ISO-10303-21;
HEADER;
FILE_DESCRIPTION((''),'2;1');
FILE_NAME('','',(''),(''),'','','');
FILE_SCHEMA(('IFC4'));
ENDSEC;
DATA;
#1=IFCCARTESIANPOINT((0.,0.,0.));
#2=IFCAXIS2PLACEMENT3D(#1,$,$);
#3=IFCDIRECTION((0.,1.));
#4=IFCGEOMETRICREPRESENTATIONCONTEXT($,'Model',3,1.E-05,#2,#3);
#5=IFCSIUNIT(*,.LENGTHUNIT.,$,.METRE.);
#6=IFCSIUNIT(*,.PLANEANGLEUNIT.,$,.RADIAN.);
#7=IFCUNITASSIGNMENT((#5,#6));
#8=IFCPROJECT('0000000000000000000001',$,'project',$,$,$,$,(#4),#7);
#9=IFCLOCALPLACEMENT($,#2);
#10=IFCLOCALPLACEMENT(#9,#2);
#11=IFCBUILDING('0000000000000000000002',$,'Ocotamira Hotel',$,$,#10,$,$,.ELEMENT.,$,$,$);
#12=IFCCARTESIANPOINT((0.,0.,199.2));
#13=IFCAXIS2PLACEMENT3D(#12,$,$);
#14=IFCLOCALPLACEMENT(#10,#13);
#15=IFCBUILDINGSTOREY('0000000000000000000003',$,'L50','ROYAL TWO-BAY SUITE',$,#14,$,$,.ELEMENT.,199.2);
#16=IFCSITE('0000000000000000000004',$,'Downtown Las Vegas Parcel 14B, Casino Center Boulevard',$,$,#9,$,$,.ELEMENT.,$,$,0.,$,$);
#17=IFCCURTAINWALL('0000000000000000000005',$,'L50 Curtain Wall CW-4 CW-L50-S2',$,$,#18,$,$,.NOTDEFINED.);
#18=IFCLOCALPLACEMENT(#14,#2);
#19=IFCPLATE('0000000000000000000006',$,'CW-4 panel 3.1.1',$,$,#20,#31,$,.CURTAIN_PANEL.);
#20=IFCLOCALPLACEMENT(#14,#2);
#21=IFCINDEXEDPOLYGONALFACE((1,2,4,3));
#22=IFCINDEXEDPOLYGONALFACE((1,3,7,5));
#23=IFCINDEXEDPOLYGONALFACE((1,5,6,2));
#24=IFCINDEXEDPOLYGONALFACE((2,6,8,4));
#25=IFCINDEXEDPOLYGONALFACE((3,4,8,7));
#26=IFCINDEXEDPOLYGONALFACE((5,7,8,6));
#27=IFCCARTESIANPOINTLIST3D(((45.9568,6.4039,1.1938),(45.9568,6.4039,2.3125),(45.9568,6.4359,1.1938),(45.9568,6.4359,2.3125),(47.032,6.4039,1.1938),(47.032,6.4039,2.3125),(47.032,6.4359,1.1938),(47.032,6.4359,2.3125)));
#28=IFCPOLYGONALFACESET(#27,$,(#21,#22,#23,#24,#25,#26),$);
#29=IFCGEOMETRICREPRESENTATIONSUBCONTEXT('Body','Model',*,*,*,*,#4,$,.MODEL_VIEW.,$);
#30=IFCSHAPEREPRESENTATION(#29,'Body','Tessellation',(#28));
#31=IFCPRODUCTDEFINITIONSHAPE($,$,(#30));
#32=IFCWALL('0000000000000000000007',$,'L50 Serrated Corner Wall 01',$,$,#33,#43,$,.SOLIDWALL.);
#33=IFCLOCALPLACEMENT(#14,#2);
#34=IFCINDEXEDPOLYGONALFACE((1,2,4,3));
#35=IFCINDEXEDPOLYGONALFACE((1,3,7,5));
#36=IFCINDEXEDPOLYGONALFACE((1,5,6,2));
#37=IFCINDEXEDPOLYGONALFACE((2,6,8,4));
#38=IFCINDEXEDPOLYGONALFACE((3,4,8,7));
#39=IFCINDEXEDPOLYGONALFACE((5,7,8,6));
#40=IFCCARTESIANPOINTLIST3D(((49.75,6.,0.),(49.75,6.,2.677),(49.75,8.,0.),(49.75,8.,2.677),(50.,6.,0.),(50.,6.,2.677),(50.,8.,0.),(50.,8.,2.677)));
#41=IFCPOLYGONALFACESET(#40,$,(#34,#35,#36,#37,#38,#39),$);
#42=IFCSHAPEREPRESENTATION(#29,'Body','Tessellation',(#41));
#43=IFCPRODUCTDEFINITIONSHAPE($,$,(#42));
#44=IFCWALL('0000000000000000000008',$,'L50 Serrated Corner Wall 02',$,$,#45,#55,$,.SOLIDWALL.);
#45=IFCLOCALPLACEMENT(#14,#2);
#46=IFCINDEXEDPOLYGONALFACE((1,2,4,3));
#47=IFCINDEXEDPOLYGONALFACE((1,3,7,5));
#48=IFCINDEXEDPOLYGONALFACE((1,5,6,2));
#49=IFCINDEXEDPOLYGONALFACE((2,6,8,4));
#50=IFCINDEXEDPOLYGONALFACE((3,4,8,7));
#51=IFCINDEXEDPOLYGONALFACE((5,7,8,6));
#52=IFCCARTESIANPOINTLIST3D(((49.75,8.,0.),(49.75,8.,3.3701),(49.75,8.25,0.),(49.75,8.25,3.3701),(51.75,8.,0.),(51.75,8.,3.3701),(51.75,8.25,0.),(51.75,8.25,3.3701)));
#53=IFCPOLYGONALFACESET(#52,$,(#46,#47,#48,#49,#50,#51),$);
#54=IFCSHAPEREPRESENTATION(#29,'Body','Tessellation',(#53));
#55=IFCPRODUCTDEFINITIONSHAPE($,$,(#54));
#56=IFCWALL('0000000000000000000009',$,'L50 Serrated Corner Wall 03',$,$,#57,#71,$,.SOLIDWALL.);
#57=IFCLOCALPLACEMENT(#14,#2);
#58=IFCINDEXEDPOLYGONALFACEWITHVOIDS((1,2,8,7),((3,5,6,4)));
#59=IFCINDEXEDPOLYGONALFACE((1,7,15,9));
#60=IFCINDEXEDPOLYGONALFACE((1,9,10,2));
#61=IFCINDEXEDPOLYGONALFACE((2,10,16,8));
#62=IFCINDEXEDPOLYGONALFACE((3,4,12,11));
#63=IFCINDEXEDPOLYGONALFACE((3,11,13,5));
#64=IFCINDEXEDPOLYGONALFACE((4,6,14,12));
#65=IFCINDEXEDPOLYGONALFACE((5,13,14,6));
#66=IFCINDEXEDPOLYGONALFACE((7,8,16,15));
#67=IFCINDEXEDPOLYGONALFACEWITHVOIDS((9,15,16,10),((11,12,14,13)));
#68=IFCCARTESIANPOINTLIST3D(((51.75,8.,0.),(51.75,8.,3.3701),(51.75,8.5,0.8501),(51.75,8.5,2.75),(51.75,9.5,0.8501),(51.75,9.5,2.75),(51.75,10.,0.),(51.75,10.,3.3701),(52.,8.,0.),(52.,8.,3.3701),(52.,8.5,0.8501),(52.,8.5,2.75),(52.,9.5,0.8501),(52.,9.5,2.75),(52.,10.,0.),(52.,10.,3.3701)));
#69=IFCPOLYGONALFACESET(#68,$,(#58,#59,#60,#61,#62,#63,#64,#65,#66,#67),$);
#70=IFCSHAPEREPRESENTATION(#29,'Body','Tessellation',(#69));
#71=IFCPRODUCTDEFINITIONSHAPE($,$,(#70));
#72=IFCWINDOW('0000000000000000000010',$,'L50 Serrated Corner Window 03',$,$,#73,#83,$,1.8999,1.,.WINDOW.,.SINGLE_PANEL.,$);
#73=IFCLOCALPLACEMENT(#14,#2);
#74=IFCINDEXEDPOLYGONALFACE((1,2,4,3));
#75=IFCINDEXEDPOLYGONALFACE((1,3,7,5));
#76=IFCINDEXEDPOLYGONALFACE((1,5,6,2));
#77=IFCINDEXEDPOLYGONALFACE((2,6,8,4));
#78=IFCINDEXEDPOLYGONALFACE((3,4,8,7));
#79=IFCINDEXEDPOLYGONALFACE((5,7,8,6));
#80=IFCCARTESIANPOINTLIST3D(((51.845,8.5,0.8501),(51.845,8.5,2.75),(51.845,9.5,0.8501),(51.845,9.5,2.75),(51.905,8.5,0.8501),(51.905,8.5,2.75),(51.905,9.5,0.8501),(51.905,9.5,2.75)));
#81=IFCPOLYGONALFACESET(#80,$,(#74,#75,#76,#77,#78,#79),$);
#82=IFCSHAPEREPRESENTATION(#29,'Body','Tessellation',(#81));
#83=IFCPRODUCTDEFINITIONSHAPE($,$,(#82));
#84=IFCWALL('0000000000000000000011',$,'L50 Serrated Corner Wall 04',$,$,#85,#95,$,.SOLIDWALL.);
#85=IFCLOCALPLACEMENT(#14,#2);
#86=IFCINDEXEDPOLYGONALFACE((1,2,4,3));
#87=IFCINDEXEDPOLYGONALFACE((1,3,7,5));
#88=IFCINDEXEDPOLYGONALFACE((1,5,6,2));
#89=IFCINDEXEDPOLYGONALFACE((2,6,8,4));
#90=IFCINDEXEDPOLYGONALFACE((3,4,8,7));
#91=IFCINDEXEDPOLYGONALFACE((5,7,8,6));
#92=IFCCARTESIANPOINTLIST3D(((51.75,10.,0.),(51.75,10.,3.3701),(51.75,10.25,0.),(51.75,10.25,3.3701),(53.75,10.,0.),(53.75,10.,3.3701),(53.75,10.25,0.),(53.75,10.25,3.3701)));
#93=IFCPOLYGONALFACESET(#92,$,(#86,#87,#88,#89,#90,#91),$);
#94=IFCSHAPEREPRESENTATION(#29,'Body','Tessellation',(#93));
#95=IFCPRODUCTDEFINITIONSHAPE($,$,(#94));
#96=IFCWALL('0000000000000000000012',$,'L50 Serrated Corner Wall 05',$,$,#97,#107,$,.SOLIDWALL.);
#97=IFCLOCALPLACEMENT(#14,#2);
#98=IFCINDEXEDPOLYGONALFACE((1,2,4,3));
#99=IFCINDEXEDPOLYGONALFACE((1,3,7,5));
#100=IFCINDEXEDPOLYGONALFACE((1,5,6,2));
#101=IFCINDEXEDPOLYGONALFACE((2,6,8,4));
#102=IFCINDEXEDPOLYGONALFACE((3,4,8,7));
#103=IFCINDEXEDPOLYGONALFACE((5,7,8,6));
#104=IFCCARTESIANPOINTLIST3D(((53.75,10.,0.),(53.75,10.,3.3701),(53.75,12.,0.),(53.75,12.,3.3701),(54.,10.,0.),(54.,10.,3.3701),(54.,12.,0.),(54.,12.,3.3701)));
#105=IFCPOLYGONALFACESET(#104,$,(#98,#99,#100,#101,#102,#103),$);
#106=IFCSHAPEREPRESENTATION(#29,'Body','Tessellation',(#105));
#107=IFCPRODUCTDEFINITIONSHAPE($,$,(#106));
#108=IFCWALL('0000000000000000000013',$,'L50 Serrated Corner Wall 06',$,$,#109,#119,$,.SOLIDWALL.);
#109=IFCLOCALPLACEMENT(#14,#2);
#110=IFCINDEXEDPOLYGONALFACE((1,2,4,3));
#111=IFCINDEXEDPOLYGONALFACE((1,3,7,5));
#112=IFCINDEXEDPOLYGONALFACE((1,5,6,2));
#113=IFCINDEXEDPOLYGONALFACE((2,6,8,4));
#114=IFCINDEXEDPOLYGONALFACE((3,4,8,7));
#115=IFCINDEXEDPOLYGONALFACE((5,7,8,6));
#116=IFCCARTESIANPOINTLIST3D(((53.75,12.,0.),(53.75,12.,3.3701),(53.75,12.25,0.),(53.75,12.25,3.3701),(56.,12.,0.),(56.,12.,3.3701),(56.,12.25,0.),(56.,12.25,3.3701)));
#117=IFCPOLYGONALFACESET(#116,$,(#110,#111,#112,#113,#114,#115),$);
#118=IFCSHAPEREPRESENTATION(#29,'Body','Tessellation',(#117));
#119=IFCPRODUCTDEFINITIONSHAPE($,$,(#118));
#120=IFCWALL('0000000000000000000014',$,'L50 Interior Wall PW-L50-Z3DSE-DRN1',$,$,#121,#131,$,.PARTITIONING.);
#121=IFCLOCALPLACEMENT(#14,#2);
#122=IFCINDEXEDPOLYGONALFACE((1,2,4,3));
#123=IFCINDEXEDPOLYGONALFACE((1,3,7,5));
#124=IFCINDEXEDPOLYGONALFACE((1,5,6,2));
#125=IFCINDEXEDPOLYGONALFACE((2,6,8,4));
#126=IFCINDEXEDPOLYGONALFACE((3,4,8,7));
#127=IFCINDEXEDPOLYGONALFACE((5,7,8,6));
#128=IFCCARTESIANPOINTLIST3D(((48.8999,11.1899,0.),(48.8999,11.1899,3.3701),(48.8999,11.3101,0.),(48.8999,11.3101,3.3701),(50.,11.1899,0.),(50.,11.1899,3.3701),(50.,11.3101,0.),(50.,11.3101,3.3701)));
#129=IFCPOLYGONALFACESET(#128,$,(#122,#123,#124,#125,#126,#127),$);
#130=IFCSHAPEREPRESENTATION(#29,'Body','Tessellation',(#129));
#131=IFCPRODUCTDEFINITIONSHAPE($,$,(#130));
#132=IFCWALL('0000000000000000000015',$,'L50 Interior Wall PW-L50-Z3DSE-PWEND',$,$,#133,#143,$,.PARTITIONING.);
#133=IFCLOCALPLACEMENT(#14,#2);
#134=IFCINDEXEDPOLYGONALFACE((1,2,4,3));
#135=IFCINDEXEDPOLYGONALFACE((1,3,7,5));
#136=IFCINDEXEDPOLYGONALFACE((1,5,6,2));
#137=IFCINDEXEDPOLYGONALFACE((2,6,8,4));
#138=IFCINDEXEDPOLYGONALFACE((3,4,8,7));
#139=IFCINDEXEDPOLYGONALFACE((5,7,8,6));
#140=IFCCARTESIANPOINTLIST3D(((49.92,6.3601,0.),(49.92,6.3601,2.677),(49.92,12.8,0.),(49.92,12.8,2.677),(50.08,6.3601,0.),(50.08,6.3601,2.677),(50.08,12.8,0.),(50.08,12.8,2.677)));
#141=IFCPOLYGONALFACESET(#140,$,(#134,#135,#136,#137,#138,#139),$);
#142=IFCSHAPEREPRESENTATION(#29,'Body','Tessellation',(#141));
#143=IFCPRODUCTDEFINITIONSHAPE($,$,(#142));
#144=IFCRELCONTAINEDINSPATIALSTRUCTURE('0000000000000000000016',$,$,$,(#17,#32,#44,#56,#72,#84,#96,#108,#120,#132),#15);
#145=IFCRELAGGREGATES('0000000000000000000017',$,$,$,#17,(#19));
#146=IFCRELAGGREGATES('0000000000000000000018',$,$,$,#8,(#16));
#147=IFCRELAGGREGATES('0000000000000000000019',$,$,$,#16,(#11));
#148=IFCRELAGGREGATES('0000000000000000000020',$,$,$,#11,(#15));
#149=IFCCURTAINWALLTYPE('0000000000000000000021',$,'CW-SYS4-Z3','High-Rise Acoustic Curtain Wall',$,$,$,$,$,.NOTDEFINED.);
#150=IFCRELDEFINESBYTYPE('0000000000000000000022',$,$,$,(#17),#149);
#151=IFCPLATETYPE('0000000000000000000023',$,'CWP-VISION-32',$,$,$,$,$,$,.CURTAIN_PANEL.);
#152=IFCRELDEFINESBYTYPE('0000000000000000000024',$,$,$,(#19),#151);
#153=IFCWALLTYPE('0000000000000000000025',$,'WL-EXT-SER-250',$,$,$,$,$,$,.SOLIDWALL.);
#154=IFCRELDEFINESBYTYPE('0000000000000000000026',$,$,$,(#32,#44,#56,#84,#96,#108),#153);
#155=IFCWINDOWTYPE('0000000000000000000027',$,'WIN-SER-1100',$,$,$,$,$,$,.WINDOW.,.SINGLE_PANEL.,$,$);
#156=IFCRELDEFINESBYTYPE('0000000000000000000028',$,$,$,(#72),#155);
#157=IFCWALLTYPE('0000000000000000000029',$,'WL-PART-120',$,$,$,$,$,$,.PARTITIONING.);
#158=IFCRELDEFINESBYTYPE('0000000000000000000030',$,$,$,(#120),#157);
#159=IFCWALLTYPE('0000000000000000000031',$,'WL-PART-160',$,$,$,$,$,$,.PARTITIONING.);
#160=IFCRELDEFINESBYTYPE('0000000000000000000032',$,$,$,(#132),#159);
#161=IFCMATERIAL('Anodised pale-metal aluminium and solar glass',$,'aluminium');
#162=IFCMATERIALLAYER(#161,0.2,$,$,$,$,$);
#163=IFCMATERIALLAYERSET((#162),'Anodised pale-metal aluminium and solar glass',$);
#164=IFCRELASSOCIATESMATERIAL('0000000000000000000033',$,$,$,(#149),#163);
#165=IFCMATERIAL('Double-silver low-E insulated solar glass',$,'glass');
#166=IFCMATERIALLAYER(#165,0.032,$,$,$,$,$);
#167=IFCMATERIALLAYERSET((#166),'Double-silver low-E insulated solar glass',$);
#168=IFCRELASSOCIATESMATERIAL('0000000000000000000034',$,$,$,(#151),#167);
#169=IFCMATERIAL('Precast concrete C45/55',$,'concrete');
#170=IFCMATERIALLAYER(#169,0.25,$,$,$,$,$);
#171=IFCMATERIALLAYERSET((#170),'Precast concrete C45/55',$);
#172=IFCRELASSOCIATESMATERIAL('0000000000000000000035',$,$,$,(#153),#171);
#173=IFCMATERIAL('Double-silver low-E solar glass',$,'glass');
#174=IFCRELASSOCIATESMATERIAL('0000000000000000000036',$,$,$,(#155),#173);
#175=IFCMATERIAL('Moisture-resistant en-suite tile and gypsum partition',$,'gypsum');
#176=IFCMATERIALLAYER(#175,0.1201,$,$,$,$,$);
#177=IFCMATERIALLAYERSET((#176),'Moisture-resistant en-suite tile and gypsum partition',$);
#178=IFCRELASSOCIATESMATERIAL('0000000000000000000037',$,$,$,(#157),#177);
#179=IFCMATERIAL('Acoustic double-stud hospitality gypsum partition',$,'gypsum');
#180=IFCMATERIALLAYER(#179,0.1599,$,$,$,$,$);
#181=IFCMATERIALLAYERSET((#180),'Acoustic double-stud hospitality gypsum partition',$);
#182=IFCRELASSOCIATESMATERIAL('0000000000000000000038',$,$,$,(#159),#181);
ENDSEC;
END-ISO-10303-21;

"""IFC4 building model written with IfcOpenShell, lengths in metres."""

from ifc_helpers import new_model, si_unit, direction, frame, frame_2d, origin, origin_2d, place, context, subcontext, project, spatial, rectangle, extrude, source, transform, mapped, material, layer, layer_set, type_object, element, fill, aggregate, save


model = new_model("IFC4")

# Units and contexts
model_context = context("Model", 3, precision=1e-05, world=origin(), true_north=direction((0.0, 1.0)))
body_context = subcontext(model_context, "Body", "Model", "MODEL_VIEW")
ifc_project = project(units=[si_unit("LENGTHUNIT", "METRE"), si_unit("PLANEANGLEUNIT", "RADIAN")], contexts=[model_context])

# Site, building, storey
site_placement = place(None, origin())
site = spatial("IfcSite", under=ifc_project, at=site_placement, Name="Downtown Las Vegas Parcel 14B, Casino Center Boulevard", CompositionType="ELEMENT", RefElevation=0.0)
building_placement = place(site_placement, origin())
building = spatial("IfcBuilding", under=site, at=building_placement, Name="Ocotamira Hotel", CompositionType="ELEMENT")
storey_placement = place(building_placement, frame((0.0, 0.0, 199.2)))
storey = spatial("IfcBuildingStorey", under=building, at=storey_placement, Name="L50", Description="ROYAL TWO-BAY SUITE", CompositionType="ELEMENT", Elevation=199.2)

# Curtain wall
ifc_material_1 = material(Name="Anodised pale-metal aluminium and solar glass", Category="aluminium")
ifc_layer_1 = layer(ifc_material_1, 0.2)
ifc_layer_set_1 = layer_set([ifc_layer_1], Name="Anodised pale-metal aluminium and solar glass")
curtain_wall_type = type_object("IfcCurtainWallType", Name="CW-SYS4-Z3", Description="High-Rise Acoustic Curtain Wall", PredefinedType="NOTDEFINED", material=ifc_layer_set_1)
curtain_wall_1_placement = place(storey_placement, origin())
curtain_wall_1 = element("IfcCurtainWall", 1, at=curtain_wall_1_placement, inside=storey, type_object=curtain_wall_type, Name="L50 Curtain Wall CW-4 CW-L50-S2", PredefinedType="NOTDEFINED")

# Plate
ifc_material_2 = material(Name="Double-silver low-E insulated solar glass", Category="glass")
ifc_layer_2 = layer(ifc_material_2, 0.032)
ifc_layer_set_2 = layer_set([ifc_layer_2], Name="Double-silver low-E insulated solar glass")
plate_type_1 = type_object("IfcPlateType", Name="CWP-VISION-32", PredefinedType="CURTAIN_PANEL", material=ifc_layer_set_2)
shared_shape_1 = source(origin(), body_context, "Body", "SweptSolid", [
    extrude(rectangle(XDim=1.0752, YDim=0.032, at=origin_2d()), origin(), (0.0, 0.0, 1.0), 1.1187),
])
plate_1_placement = place(storey_placement, frame((46.4944, 6.4199, 1.1938), z_axis=(0.0, 0.0, 1.0), x_axis=(1.0, 0.0, 0.0)))
plate_1 = element("IfcPlate", 2, at=plate_1_placement, type_object=plate_type_1, Name="CW-4 panel 3.1.1", PredefinedType="CURTAIN_PANEL", context=body_context, shape_type="MappedRepresentation", body=[
    mapped(shared_shape_1, transform((0.0, 0.0, 0.0), scale=1.0)),
])
aggregate(curtain_wall_1, [plate_1])

# Walls
ifc_material_3 = material(Name="Precast concrete C45/55", Category="concrete")
ifc_layer_3 = layer(ifc_material_3, 0.25)
ifc_layer_set_3 = layer_set([ifc_layer_3], Name="Precast concrete C45/55")
wall_type_1 = type_object("IfcWallType", Name="WL-EXT-SER-250", PredefinedType="SOLIDWALL", material=ifc_layer_set_3)
wall_1_placement = place(storey_placement, frame((49.875, 6.0, 0.0), z_axis=(0.0, 0.0, 1.0), x_axis=(0.0, 1.0, 0.0)))
element("IfcWall", 3, at=wall_1_placement, inside=storey, type_object=wall_type_1, Name="L50 Serrated Corner Wall 01", PredefinedType="SOLIDWALL", context=body_context, shape_type="SweptSolid", body=[
    extrude(rectangle(XDim=2.0, YDim=0.25, at=frame_2d((1.0, 0.0))), origin(), (0.0, 0.0, 1.0), 2.677),
])
wall_2_placement = place(storey_placement, frame((49.75, 8.125, 0.0), z_axis=(0.0, 0.0, 1.0), x_axis=(1.0, 0.0, 0.0)))
element("IfcWall", 4, at=wall_2_placement, inside=storey, type_object=wall_type_1, Name="L50 Serrated Corner Wall 02", PredefinedType="SOLIDWALL", context=body_context, shape_type="SweptSolid", body=[
    extrude(rectangle(XDim=2.0, YDim=0.25, at=frame_2d((1.0, 0.0))), origin(), (0.0, 0.0, 1.0), 3.3701),
])

# Wall, opening, window
wall_3_placement = place(storey_placement, frame((51.875, 8.0, 0.0), z_axis=(0.0, 0.0, 1.0), x_axis=(0.0, 1.0, 0.0)))
wall_3 = element("IfcWall", 5, at=wall_3_placement, inside=storey, type_object=wall_type_1, Name="L50 Serrated Corner Wall 03", PredefinedType="SOLIDWALL", context=body_context, shape_type="SweptSolid", body=[
    extrude(rectangle(XDim=2.0, YDim=0.25, at=frame_2d((1.0, 0.0))), origin(), (0.0, 0.0, 1.0), 3.3701),
])
opening_1_placement = place(wall_3_placement, frame((0.5, 0.0, 0.8501)))
opening_1 = element("IfcOpeningElement", 6, at=opening_1_placement, cuts=wall_3, PredefinedType="OPENING", context=body_context, shape_type="SweptSolid", body=[
    extrude(rectangle(XDim=1.0, YDim=1.8999, at=frame_2d((0.5, 0.95))), frame((0.0, 0.135, 0.0), z_axis=(0.0, -1.0, 0.0), x_axis=(1.0, 0.0, 0.0)), (0.0, 0.0, 1.0), 0.27),
])
ifc_material_4 = material(Name="Double-silver low-E solar glass", Category="glass")
window_type = type_object("IfcWindowType", Name="WIN-SER-1100", PartitioningType="SINGLE_PANEL", PredefinedType="WINDOW", material=ifc_material_4)
shared_shape_2 = source(origin(), body_context, "Body", "SweptSolid", [
    extrude(rectangle(XDim=1.0, YDim=1.8999, at=frame_2d((0.5, 0.95))), frame((0.0, 0.03, 0.0), z_axis=(0.0, -1.0, 0.0), x_axis=(1.0, 0.0, 0.0)), (0.0, 0.0, 1.0), 0.0601),
])
window_placement = place(opening_1_placement, origin())
window = element("IfcWindow", 7, at=window_placement, inside=storey, type_object=window_type, Name="L50 Serrated Corner Window 03", OverallHeight=1.8999, OverallWidth=1.0, PartitioningType="SINGLE_PANEL", PredefinedType="WINDOW", context=body_context, shape_type="MappedRepresentation", body=[
    mapped(shared_shape_2, transform((0.0, 0.0, 0.0), scale=1.0)),
])
fill(opening_1, window)

# Walls
for number, where, z_axis, x_axis, name in (
    (8, (51.75, 10.125, 0.0), (0.0, 0.0, 1.0), (1.0, 0.0, 0.0), "L50 Serrated Corner Wall 04"),
    (9, (53.875, 10.0, 0.0), (0.0, 0.0, 1.0), (0.0, 1.0, 0.0), "L50 Serrated Corner Wall 05"),
):
    element("IfcWall", number, at=place(storey_placement, frame(where, z_axis=z_axis, x_axis=x_axis)), inside=storey, type_object=wall_type_1, Name=name, PredefinedType="SOLIDWALL", context=body_context, shape_type="SweptSolid", body=[
        extrude(rectangle(XDim=2.0, YDim=0.25, at=frame_2d((1.0, 0.0))), origin(), (0.0, 0.0, 1.0), 3.3701),
    ])
wall_4_placement = place(storey_placement, frame((53.75, 12.125, 0.0), z_axis=(0.0, 0.0, 1.0), x_axis=(1.0, 0.0, 0.0)))
element("IfcWall", 10, at=wall_4_placement, inside=storey, type_object=wall_type_1, Name="L50 Serrated Corner Wall 06", PredefinedType="SOLIDWALL", context=body_context, shape_type="SweptSolid", body=[
    extrude(rectangle(XDim=2.25, YDim=0.25, at=frame_2d((1.125, 0.0))), origin(), (0.0, 0.0, 1.0), 3.3701),
])

# Walls
ifc_material_5 = material(Name="Moisture-resistant en-suite tile and gypsum partition", Category="gypsum")
ifc_layer_4 = layer(ifc_material_5, 0.1201)
ifc_layer_set_4 = layer_set([ifc_layer_4], Name="Moisture-resistant en-suite tile and gypsum partition")
wall_type_2 = type_object("IfcWallType", Name="WL-PART-120", PredefinedType="PARTITIONING", material=ifc_layer_set_4)
wall_5_placement = place(storey_placement, frame((48.8999, 11.25, 0.0), z_axis=(0.0, 0.0, 1.0), x_axis=(1.0, 0.0, 0.0)))
element("IfcWall", 11, at=wall_5_placement, inside=storey, type_object=wall_type_2, Name="L50 Interior Wall PW-L50-Z3DSE-DRN1", PredefinedType="PARTITIONING", context=body_context, shape_type="SweptSolid", body=[
    extrude(rectangle(XDim=1.1001, YDim=0.1201, at=frame_2d((0.55, 0.0))), origin(), (0.0, 0.0, 1.0), 3.3701),
])
ifc_material_6 = material(Name="Acoustic double-stud hospitality gypsum partition", Category="gypsum")
ifc_layer_5 = layer(ifc_material_6, 0.1599)
ifc_layer_set_5 = layer_set([ifc_layer_5], Name="Acoustic double-stud hospitality gypsum partition")
wall_type_3 = type_object("IfcWallType", Name="WL-PART-160", PredefinedType="PARTITIONING", material=ifc_layer_set_5)
wall_6_placement = place(storey_placement, frame((50.0, 6.3601, 0.0), z_axis=(0.0, 0.0, 1.0), x_axis=(0.0, 1.0, 0.0)))
element("IfcWall", 12, at=wall_6_placement, inside=storey, type_object=wall_type_3, Name="L50 Interior Wall PW-L50-Z3DSE-PWEND", PredefinedType="PARTITIONING", context=body_context, shape_type="SweptSolid", body=[
    extrude(rectangle(XDim=6.4399, YDim=0.1599, at=frame_2d((3.22, 0.0))), origin(), (0.0, 0.0, 1.0), 2.677),
])

save(model, "model.ifc")
